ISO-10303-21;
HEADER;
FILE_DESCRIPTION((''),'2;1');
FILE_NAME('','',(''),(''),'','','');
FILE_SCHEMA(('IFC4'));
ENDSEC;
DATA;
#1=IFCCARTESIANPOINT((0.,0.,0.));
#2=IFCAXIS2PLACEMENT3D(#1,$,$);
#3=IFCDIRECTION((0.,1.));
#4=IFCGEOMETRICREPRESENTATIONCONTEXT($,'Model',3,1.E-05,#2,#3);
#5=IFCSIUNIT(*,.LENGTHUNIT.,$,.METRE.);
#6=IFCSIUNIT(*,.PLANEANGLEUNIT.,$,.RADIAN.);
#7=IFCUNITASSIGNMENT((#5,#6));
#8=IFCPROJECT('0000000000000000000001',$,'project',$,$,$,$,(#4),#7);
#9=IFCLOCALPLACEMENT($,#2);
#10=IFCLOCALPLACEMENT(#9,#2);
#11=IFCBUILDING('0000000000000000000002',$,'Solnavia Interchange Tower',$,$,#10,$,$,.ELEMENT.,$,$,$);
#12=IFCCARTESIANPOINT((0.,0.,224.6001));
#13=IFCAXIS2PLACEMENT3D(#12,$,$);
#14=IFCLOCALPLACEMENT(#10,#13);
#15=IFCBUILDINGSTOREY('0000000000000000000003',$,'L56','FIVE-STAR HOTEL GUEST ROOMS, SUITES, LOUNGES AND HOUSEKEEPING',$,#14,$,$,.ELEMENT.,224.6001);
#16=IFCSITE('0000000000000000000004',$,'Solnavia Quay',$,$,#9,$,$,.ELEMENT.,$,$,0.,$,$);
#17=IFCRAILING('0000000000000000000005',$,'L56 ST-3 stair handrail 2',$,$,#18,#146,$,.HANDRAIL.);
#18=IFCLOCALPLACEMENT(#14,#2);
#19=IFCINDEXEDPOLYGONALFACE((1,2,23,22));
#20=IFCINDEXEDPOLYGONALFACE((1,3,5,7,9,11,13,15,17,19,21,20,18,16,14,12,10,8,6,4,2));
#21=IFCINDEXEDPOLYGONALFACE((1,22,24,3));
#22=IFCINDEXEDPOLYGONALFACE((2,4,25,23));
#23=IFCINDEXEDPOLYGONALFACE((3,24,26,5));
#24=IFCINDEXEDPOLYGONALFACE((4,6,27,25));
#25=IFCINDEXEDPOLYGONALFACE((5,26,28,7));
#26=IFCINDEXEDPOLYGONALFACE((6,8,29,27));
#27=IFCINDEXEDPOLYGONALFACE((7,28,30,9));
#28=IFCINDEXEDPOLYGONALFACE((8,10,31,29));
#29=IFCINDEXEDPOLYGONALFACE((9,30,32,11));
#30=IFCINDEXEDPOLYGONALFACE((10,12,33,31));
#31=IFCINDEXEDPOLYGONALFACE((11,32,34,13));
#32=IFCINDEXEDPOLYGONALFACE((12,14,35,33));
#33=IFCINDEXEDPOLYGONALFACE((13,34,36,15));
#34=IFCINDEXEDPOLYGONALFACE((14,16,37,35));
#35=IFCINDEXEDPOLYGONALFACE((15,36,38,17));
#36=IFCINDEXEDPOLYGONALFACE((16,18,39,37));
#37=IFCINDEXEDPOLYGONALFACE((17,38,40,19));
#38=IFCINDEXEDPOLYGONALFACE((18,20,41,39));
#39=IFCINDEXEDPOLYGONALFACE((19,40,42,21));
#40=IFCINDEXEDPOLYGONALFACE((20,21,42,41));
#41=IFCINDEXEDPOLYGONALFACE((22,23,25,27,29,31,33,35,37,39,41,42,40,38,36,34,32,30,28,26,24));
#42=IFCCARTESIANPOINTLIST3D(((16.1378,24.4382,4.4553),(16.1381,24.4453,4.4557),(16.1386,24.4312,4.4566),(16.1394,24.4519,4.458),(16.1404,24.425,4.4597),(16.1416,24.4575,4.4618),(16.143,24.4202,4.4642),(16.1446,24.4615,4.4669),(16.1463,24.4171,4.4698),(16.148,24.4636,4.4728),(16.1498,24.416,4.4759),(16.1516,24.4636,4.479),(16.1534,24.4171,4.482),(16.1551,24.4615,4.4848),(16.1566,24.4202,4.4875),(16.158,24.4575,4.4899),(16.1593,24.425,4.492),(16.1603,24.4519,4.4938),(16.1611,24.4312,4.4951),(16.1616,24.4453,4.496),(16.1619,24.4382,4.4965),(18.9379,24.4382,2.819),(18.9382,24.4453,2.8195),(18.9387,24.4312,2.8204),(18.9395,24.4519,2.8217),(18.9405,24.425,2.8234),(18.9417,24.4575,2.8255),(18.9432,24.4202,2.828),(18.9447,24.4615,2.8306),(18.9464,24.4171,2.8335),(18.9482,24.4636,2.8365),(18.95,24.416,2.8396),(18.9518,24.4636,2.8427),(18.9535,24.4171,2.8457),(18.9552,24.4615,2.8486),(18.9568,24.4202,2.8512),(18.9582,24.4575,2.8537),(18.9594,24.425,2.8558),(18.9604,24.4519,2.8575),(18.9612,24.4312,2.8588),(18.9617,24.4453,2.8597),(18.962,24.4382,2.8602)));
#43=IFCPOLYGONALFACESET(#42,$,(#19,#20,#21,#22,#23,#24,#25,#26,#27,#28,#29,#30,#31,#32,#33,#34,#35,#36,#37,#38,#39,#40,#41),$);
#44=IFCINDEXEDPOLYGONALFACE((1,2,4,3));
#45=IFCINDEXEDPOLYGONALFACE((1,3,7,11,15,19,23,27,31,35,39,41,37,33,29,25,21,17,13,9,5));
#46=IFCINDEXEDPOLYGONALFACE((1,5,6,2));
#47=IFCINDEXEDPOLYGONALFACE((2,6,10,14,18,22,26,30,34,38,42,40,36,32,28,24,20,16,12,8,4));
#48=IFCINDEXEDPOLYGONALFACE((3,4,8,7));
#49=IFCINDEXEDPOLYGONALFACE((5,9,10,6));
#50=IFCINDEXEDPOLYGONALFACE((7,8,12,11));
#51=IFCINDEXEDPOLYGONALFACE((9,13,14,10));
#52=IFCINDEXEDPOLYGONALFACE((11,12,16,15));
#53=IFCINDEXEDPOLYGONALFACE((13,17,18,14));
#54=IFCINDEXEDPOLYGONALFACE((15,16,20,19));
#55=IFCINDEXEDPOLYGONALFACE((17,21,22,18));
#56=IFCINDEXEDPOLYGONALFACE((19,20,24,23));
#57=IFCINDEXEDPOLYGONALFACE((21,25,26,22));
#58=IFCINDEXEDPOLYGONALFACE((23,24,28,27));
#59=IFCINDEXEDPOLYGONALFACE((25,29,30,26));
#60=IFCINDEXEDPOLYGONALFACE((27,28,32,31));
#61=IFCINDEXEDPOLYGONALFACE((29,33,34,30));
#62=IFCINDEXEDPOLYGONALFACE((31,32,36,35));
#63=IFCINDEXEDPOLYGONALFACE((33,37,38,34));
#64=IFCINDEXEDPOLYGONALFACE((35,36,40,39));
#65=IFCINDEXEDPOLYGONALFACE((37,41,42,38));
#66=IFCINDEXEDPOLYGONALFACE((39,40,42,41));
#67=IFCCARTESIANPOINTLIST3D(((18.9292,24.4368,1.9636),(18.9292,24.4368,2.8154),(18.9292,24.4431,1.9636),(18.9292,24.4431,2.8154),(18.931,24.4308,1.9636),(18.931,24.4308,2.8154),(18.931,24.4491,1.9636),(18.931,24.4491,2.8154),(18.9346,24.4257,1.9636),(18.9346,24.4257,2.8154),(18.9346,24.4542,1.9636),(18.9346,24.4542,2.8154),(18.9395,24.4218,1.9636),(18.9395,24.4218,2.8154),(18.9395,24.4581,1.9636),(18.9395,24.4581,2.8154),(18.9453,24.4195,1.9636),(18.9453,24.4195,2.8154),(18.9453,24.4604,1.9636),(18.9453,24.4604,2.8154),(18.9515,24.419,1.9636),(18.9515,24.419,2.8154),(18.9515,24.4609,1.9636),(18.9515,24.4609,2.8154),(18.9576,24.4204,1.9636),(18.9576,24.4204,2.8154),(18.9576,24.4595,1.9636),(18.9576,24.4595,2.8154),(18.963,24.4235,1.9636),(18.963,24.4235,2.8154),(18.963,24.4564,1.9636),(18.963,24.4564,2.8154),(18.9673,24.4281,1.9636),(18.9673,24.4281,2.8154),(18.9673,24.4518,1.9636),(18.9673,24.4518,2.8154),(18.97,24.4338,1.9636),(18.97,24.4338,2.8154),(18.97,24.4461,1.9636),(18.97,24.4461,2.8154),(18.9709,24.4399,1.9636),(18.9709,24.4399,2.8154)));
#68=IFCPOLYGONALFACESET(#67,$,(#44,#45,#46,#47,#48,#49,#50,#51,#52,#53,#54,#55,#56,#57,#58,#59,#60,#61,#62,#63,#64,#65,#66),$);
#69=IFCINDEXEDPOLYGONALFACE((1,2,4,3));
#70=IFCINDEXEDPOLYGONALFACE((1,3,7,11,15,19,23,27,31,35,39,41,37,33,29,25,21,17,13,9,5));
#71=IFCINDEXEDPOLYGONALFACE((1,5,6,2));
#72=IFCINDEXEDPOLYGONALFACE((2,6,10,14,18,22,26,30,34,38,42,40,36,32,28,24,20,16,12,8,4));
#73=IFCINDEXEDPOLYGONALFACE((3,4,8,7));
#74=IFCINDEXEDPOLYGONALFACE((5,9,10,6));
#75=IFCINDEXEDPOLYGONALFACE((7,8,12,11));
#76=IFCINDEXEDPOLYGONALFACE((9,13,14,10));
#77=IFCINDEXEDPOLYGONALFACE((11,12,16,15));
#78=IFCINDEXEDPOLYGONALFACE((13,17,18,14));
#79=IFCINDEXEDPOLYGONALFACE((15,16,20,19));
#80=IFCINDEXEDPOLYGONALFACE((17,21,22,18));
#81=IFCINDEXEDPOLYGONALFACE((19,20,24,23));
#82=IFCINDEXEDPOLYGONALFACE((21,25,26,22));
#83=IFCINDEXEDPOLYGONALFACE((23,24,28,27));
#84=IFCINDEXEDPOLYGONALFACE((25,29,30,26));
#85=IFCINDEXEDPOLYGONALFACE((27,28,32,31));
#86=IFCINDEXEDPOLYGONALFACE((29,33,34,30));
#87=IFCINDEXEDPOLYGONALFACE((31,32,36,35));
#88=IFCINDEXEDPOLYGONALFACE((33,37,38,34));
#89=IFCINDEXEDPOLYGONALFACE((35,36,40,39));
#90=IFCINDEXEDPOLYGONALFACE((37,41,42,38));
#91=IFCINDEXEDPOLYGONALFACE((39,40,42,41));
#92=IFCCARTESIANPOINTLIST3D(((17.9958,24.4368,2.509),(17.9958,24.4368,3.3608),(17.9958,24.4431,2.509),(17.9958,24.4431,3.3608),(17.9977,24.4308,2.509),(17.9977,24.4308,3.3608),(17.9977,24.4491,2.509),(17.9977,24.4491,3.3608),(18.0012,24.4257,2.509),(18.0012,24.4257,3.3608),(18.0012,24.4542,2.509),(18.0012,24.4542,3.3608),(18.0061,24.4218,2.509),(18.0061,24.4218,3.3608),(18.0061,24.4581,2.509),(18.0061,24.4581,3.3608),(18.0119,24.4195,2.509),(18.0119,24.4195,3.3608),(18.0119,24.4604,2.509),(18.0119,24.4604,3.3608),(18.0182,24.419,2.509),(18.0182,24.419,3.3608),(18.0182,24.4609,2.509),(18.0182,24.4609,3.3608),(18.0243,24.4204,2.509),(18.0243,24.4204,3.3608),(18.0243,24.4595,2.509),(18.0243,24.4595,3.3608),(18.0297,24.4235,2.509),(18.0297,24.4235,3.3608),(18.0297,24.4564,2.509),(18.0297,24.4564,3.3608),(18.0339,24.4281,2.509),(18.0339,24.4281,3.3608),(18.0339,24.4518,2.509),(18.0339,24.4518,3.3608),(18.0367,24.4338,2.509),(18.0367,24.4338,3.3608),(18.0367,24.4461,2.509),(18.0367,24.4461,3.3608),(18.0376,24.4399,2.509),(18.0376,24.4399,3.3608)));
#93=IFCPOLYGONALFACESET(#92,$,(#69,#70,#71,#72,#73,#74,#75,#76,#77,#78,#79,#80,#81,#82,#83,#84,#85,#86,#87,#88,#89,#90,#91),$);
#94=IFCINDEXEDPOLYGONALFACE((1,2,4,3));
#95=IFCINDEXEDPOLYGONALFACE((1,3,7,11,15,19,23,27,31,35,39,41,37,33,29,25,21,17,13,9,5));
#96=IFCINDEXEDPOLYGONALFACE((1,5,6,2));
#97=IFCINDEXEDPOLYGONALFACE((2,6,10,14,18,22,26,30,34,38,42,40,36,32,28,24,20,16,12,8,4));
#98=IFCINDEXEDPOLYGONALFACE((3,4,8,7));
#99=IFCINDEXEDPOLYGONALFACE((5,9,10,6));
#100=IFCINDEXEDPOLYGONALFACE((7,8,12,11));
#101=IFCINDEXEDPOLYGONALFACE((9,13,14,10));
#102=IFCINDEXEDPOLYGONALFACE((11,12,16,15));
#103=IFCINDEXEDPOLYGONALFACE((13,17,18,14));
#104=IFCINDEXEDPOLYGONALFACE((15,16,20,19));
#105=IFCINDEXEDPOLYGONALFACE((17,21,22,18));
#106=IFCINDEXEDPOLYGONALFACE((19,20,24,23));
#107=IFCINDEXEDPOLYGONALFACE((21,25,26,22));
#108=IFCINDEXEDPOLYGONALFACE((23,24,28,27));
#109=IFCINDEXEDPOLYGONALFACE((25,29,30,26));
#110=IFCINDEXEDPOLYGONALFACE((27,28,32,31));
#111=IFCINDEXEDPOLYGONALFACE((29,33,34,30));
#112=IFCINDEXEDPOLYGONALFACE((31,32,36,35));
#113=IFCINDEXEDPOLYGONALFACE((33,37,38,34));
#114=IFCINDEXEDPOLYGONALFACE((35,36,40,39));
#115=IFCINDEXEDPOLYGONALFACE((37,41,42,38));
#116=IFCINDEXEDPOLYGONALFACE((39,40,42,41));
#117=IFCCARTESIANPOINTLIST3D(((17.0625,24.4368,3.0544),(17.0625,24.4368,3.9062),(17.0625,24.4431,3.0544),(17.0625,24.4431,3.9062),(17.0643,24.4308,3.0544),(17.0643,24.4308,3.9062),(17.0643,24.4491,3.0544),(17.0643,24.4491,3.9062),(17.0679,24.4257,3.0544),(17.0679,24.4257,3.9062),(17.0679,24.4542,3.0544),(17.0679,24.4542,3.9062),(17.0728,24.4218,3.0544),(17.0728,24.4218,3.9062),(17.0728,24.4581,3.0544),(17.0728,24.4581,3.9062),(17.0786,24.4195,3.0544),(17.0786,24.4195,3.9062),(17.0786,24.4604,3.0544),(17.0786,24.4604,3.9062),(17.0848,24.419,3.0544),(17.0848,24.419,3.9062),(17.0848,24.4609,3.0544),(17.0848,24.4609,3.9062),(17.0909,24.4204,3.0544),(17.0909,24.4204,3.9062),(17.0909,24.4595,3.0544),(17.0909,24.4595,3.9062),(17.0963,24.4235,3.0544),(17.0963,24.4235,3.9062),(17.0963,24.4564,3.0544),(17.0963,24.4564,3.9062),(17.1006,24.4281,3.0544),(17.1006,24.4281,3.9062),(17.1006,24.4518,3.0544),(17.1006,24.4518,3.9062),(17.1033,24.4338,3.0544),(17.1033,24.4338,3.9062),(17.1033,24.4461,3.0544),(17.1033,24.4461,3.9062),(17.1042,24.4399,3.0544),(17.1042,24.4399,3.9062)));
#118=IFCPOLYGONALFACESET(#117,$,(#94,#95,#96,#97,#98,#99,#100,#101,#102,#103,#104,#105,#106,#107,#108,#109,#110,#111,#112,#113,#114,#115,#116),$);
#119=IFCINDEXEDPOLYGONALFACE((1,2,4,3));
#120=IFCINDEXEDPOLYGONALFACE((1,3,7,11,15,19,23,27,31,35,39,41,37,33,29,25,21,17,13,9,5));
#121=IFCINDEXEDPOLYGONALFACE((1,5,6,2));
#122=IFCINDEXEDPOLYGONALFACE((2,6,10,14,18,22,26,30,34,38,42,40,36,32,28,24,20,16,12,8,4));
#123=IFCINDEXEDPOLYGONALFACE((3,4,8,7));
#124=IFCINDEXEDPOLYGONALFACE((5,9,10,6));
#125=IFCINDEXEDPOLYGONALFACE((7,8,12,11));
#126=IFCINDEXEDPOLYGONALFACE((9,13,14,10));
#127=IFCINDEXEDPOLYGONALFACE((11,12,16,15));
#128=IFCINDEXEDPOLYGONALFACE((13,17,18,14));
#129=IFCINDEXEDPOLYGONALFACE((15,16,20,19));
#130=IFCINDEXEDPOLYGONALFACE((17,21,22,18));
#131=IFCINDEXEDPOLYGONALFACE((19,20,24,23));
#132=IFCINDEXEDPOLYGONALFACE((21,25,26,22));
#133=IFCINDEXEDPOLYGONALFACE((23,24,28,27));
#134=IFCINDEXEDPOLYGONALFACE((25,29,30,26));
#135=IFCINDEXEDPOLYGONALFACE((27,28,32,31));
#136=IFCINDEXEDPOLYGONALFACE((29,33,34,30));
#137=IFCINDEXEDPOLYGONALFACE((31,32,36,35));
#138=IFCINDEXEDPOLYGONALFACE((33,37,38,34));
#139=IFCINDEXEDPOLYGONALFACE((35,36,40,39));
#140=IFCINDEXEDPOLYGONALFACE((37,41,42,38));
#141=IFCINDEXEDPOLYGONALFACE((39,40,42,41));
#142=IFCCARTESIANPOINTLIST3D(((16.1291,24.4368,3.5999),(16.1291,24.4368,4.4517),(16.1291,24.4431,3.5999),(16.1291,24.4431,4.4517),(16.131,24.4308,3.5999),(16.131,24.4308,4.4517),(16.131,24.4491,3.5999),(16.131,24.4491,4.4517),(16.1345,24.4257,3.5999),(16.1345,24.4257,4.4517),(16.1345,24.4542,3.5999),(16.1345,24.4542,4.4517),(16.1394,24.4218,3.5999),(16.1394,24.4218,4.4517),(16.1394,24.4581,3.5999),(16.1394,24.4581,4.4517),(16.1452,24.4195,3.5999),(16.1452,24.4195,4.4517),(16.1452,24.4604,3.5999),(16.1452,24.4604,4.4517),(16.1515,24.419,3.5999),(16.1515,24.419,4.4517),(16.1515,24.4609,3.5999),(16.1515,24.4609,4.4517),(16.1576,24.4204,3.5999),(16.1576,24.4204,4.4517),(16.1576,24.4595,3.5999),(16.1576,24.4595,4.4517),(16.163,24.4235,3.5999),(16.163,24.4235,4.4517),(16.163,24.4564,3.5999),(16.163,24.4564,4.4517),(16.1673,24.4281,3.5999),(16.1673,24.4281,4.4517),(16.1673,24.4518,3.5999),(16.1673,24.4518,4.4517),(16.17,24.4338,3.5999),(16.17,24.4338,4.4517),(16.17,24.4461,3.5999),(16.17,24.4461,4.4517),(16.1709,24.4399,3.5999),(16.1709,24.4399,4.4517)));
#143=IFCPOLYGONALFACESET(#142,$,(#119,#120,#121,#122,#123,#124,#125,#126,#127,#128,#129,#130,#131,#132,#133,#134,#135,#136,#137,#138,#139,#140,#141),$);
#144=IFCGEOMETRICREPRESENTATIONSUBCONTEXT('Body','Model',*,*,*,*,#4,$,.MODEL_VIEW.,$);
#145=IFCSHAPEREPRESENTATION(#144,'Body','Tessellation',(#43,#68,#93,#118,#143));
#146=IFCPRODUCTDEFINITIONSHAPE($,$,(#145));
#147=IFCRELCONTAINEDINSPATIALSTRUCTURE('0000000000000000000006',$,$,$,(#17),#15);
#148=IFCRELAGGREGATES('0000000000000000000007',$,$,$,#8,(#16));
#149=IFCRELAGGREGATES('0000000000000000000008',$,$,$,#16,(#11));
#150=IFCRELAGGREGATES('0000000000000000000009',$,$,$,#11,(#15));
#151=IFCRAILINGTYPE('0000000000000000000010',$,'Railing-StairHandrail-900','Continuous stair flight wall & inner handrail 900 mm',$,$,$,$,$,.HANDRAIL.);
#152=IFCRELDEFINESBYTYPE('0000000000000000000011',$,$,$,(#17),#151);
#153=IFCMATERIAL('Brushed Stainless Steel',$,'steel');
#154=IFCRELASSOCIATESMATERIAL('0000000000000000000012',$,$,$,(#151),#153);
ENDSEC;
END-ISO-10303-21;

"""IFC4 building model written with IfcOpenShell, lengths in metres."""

from ifc_helpers import new_model, si_unit, direction, frame, origin, origin_2d, place, context, subcontext, project, spatial, circle, extrude, material, type_object, element, save


model = new_model("IFC4")

# Units and contexts
model_context = context("Model", 3, precision=1e-05, world=origin(), true_north=direction((0.0, 1.0)))
body_context = subcontext(model_context, "Body", "Model", "MODEL_VIEW")
ifc_project = project(units=[si_unit("LENGTHUNIT", "METRE"), si_unit("PLANEANGLEUNIT", "RADIAN")], contexts=[model_context])

# Site, building, storey
site_placement = place(None, origin())
site = spatial("IfcSite", under=ifc_project, at=site_placement, Name="Solnavia Quay", CompositionType="ELEMENT", RefElevation=0.0)
building_placement = place(site_placement, origin())
building = spatial("IfcBuilding", under=site, at=building_placement, Name="Solnavia Interchange Tower", CompositionType="ELEMENT")
storey_placement = place(building_placement, frame((0.0, 0.0, 224.6001)))
storey = spatial("IfcBuildingStorey", under=building, at=storey_placement, Name="L56", Description="FIVE-STAR HOTEL GUEST ROOMS, SUITES, LOUNGES AND HOUSEKEEPING", CompositionType="ELEMENT", Elevation=224.6001)

# Railing
ifc_material_1 = material(Name="Brushed Stainless Steel", Category="steel")
railing_type_1 = type_object("IfcRailingType", Name="Railing-StairHandrail-900", Description="Continuous stair flight wall & inner handrail 900 mm", PredefinedType="HANDRAIL", material=ifc_material_1)
railing_1_placement = place(storey_placement, frame((18.95, 24.4399, 1.9636)))
element("IfcRailing", 1, at=railing_1_placement, inside=storey, type_object=railing_type_1, Name="L56 ST-3 stair handrail 2", PredefinedType="HANDRAIL", context=body_context, shape_type="SweptSolid", body=[
    extrude(circle(Radius=0.0239, at=origin_2d()), frame((0.0, 0.0, 0.876), z_axis=(-0.863394, 0.0, 0.504531), x_axis=(0.0, -1.0, 0.0)), (0.0, 0.0, 1.0), 3.2432),
    extrude(circle(Radius=0.021, at=origin_2d()), origin(), (0.0, 0.0, 1.0), 0.8518),
    extrude(circle(Radius=0.021, at=origin_2d()), frame((-0.9333, 0.0, 0.5454)), (0.0, 0.0, 1.0), 0.8518),
    extrude(circle(Radius=0.021, at=origin_2d()), frame((-1.8667, 0.0, 1.0908)), (0.0, 0.0, 1.0), 0.8518),
    extrude(circle(Radius=0.021, at=origin_2d()), frame((-2.8, 0.0, 1.6362)), (0.0, 0.0, 1.0), 0.8518),
])

save(model, "model.ifc")
